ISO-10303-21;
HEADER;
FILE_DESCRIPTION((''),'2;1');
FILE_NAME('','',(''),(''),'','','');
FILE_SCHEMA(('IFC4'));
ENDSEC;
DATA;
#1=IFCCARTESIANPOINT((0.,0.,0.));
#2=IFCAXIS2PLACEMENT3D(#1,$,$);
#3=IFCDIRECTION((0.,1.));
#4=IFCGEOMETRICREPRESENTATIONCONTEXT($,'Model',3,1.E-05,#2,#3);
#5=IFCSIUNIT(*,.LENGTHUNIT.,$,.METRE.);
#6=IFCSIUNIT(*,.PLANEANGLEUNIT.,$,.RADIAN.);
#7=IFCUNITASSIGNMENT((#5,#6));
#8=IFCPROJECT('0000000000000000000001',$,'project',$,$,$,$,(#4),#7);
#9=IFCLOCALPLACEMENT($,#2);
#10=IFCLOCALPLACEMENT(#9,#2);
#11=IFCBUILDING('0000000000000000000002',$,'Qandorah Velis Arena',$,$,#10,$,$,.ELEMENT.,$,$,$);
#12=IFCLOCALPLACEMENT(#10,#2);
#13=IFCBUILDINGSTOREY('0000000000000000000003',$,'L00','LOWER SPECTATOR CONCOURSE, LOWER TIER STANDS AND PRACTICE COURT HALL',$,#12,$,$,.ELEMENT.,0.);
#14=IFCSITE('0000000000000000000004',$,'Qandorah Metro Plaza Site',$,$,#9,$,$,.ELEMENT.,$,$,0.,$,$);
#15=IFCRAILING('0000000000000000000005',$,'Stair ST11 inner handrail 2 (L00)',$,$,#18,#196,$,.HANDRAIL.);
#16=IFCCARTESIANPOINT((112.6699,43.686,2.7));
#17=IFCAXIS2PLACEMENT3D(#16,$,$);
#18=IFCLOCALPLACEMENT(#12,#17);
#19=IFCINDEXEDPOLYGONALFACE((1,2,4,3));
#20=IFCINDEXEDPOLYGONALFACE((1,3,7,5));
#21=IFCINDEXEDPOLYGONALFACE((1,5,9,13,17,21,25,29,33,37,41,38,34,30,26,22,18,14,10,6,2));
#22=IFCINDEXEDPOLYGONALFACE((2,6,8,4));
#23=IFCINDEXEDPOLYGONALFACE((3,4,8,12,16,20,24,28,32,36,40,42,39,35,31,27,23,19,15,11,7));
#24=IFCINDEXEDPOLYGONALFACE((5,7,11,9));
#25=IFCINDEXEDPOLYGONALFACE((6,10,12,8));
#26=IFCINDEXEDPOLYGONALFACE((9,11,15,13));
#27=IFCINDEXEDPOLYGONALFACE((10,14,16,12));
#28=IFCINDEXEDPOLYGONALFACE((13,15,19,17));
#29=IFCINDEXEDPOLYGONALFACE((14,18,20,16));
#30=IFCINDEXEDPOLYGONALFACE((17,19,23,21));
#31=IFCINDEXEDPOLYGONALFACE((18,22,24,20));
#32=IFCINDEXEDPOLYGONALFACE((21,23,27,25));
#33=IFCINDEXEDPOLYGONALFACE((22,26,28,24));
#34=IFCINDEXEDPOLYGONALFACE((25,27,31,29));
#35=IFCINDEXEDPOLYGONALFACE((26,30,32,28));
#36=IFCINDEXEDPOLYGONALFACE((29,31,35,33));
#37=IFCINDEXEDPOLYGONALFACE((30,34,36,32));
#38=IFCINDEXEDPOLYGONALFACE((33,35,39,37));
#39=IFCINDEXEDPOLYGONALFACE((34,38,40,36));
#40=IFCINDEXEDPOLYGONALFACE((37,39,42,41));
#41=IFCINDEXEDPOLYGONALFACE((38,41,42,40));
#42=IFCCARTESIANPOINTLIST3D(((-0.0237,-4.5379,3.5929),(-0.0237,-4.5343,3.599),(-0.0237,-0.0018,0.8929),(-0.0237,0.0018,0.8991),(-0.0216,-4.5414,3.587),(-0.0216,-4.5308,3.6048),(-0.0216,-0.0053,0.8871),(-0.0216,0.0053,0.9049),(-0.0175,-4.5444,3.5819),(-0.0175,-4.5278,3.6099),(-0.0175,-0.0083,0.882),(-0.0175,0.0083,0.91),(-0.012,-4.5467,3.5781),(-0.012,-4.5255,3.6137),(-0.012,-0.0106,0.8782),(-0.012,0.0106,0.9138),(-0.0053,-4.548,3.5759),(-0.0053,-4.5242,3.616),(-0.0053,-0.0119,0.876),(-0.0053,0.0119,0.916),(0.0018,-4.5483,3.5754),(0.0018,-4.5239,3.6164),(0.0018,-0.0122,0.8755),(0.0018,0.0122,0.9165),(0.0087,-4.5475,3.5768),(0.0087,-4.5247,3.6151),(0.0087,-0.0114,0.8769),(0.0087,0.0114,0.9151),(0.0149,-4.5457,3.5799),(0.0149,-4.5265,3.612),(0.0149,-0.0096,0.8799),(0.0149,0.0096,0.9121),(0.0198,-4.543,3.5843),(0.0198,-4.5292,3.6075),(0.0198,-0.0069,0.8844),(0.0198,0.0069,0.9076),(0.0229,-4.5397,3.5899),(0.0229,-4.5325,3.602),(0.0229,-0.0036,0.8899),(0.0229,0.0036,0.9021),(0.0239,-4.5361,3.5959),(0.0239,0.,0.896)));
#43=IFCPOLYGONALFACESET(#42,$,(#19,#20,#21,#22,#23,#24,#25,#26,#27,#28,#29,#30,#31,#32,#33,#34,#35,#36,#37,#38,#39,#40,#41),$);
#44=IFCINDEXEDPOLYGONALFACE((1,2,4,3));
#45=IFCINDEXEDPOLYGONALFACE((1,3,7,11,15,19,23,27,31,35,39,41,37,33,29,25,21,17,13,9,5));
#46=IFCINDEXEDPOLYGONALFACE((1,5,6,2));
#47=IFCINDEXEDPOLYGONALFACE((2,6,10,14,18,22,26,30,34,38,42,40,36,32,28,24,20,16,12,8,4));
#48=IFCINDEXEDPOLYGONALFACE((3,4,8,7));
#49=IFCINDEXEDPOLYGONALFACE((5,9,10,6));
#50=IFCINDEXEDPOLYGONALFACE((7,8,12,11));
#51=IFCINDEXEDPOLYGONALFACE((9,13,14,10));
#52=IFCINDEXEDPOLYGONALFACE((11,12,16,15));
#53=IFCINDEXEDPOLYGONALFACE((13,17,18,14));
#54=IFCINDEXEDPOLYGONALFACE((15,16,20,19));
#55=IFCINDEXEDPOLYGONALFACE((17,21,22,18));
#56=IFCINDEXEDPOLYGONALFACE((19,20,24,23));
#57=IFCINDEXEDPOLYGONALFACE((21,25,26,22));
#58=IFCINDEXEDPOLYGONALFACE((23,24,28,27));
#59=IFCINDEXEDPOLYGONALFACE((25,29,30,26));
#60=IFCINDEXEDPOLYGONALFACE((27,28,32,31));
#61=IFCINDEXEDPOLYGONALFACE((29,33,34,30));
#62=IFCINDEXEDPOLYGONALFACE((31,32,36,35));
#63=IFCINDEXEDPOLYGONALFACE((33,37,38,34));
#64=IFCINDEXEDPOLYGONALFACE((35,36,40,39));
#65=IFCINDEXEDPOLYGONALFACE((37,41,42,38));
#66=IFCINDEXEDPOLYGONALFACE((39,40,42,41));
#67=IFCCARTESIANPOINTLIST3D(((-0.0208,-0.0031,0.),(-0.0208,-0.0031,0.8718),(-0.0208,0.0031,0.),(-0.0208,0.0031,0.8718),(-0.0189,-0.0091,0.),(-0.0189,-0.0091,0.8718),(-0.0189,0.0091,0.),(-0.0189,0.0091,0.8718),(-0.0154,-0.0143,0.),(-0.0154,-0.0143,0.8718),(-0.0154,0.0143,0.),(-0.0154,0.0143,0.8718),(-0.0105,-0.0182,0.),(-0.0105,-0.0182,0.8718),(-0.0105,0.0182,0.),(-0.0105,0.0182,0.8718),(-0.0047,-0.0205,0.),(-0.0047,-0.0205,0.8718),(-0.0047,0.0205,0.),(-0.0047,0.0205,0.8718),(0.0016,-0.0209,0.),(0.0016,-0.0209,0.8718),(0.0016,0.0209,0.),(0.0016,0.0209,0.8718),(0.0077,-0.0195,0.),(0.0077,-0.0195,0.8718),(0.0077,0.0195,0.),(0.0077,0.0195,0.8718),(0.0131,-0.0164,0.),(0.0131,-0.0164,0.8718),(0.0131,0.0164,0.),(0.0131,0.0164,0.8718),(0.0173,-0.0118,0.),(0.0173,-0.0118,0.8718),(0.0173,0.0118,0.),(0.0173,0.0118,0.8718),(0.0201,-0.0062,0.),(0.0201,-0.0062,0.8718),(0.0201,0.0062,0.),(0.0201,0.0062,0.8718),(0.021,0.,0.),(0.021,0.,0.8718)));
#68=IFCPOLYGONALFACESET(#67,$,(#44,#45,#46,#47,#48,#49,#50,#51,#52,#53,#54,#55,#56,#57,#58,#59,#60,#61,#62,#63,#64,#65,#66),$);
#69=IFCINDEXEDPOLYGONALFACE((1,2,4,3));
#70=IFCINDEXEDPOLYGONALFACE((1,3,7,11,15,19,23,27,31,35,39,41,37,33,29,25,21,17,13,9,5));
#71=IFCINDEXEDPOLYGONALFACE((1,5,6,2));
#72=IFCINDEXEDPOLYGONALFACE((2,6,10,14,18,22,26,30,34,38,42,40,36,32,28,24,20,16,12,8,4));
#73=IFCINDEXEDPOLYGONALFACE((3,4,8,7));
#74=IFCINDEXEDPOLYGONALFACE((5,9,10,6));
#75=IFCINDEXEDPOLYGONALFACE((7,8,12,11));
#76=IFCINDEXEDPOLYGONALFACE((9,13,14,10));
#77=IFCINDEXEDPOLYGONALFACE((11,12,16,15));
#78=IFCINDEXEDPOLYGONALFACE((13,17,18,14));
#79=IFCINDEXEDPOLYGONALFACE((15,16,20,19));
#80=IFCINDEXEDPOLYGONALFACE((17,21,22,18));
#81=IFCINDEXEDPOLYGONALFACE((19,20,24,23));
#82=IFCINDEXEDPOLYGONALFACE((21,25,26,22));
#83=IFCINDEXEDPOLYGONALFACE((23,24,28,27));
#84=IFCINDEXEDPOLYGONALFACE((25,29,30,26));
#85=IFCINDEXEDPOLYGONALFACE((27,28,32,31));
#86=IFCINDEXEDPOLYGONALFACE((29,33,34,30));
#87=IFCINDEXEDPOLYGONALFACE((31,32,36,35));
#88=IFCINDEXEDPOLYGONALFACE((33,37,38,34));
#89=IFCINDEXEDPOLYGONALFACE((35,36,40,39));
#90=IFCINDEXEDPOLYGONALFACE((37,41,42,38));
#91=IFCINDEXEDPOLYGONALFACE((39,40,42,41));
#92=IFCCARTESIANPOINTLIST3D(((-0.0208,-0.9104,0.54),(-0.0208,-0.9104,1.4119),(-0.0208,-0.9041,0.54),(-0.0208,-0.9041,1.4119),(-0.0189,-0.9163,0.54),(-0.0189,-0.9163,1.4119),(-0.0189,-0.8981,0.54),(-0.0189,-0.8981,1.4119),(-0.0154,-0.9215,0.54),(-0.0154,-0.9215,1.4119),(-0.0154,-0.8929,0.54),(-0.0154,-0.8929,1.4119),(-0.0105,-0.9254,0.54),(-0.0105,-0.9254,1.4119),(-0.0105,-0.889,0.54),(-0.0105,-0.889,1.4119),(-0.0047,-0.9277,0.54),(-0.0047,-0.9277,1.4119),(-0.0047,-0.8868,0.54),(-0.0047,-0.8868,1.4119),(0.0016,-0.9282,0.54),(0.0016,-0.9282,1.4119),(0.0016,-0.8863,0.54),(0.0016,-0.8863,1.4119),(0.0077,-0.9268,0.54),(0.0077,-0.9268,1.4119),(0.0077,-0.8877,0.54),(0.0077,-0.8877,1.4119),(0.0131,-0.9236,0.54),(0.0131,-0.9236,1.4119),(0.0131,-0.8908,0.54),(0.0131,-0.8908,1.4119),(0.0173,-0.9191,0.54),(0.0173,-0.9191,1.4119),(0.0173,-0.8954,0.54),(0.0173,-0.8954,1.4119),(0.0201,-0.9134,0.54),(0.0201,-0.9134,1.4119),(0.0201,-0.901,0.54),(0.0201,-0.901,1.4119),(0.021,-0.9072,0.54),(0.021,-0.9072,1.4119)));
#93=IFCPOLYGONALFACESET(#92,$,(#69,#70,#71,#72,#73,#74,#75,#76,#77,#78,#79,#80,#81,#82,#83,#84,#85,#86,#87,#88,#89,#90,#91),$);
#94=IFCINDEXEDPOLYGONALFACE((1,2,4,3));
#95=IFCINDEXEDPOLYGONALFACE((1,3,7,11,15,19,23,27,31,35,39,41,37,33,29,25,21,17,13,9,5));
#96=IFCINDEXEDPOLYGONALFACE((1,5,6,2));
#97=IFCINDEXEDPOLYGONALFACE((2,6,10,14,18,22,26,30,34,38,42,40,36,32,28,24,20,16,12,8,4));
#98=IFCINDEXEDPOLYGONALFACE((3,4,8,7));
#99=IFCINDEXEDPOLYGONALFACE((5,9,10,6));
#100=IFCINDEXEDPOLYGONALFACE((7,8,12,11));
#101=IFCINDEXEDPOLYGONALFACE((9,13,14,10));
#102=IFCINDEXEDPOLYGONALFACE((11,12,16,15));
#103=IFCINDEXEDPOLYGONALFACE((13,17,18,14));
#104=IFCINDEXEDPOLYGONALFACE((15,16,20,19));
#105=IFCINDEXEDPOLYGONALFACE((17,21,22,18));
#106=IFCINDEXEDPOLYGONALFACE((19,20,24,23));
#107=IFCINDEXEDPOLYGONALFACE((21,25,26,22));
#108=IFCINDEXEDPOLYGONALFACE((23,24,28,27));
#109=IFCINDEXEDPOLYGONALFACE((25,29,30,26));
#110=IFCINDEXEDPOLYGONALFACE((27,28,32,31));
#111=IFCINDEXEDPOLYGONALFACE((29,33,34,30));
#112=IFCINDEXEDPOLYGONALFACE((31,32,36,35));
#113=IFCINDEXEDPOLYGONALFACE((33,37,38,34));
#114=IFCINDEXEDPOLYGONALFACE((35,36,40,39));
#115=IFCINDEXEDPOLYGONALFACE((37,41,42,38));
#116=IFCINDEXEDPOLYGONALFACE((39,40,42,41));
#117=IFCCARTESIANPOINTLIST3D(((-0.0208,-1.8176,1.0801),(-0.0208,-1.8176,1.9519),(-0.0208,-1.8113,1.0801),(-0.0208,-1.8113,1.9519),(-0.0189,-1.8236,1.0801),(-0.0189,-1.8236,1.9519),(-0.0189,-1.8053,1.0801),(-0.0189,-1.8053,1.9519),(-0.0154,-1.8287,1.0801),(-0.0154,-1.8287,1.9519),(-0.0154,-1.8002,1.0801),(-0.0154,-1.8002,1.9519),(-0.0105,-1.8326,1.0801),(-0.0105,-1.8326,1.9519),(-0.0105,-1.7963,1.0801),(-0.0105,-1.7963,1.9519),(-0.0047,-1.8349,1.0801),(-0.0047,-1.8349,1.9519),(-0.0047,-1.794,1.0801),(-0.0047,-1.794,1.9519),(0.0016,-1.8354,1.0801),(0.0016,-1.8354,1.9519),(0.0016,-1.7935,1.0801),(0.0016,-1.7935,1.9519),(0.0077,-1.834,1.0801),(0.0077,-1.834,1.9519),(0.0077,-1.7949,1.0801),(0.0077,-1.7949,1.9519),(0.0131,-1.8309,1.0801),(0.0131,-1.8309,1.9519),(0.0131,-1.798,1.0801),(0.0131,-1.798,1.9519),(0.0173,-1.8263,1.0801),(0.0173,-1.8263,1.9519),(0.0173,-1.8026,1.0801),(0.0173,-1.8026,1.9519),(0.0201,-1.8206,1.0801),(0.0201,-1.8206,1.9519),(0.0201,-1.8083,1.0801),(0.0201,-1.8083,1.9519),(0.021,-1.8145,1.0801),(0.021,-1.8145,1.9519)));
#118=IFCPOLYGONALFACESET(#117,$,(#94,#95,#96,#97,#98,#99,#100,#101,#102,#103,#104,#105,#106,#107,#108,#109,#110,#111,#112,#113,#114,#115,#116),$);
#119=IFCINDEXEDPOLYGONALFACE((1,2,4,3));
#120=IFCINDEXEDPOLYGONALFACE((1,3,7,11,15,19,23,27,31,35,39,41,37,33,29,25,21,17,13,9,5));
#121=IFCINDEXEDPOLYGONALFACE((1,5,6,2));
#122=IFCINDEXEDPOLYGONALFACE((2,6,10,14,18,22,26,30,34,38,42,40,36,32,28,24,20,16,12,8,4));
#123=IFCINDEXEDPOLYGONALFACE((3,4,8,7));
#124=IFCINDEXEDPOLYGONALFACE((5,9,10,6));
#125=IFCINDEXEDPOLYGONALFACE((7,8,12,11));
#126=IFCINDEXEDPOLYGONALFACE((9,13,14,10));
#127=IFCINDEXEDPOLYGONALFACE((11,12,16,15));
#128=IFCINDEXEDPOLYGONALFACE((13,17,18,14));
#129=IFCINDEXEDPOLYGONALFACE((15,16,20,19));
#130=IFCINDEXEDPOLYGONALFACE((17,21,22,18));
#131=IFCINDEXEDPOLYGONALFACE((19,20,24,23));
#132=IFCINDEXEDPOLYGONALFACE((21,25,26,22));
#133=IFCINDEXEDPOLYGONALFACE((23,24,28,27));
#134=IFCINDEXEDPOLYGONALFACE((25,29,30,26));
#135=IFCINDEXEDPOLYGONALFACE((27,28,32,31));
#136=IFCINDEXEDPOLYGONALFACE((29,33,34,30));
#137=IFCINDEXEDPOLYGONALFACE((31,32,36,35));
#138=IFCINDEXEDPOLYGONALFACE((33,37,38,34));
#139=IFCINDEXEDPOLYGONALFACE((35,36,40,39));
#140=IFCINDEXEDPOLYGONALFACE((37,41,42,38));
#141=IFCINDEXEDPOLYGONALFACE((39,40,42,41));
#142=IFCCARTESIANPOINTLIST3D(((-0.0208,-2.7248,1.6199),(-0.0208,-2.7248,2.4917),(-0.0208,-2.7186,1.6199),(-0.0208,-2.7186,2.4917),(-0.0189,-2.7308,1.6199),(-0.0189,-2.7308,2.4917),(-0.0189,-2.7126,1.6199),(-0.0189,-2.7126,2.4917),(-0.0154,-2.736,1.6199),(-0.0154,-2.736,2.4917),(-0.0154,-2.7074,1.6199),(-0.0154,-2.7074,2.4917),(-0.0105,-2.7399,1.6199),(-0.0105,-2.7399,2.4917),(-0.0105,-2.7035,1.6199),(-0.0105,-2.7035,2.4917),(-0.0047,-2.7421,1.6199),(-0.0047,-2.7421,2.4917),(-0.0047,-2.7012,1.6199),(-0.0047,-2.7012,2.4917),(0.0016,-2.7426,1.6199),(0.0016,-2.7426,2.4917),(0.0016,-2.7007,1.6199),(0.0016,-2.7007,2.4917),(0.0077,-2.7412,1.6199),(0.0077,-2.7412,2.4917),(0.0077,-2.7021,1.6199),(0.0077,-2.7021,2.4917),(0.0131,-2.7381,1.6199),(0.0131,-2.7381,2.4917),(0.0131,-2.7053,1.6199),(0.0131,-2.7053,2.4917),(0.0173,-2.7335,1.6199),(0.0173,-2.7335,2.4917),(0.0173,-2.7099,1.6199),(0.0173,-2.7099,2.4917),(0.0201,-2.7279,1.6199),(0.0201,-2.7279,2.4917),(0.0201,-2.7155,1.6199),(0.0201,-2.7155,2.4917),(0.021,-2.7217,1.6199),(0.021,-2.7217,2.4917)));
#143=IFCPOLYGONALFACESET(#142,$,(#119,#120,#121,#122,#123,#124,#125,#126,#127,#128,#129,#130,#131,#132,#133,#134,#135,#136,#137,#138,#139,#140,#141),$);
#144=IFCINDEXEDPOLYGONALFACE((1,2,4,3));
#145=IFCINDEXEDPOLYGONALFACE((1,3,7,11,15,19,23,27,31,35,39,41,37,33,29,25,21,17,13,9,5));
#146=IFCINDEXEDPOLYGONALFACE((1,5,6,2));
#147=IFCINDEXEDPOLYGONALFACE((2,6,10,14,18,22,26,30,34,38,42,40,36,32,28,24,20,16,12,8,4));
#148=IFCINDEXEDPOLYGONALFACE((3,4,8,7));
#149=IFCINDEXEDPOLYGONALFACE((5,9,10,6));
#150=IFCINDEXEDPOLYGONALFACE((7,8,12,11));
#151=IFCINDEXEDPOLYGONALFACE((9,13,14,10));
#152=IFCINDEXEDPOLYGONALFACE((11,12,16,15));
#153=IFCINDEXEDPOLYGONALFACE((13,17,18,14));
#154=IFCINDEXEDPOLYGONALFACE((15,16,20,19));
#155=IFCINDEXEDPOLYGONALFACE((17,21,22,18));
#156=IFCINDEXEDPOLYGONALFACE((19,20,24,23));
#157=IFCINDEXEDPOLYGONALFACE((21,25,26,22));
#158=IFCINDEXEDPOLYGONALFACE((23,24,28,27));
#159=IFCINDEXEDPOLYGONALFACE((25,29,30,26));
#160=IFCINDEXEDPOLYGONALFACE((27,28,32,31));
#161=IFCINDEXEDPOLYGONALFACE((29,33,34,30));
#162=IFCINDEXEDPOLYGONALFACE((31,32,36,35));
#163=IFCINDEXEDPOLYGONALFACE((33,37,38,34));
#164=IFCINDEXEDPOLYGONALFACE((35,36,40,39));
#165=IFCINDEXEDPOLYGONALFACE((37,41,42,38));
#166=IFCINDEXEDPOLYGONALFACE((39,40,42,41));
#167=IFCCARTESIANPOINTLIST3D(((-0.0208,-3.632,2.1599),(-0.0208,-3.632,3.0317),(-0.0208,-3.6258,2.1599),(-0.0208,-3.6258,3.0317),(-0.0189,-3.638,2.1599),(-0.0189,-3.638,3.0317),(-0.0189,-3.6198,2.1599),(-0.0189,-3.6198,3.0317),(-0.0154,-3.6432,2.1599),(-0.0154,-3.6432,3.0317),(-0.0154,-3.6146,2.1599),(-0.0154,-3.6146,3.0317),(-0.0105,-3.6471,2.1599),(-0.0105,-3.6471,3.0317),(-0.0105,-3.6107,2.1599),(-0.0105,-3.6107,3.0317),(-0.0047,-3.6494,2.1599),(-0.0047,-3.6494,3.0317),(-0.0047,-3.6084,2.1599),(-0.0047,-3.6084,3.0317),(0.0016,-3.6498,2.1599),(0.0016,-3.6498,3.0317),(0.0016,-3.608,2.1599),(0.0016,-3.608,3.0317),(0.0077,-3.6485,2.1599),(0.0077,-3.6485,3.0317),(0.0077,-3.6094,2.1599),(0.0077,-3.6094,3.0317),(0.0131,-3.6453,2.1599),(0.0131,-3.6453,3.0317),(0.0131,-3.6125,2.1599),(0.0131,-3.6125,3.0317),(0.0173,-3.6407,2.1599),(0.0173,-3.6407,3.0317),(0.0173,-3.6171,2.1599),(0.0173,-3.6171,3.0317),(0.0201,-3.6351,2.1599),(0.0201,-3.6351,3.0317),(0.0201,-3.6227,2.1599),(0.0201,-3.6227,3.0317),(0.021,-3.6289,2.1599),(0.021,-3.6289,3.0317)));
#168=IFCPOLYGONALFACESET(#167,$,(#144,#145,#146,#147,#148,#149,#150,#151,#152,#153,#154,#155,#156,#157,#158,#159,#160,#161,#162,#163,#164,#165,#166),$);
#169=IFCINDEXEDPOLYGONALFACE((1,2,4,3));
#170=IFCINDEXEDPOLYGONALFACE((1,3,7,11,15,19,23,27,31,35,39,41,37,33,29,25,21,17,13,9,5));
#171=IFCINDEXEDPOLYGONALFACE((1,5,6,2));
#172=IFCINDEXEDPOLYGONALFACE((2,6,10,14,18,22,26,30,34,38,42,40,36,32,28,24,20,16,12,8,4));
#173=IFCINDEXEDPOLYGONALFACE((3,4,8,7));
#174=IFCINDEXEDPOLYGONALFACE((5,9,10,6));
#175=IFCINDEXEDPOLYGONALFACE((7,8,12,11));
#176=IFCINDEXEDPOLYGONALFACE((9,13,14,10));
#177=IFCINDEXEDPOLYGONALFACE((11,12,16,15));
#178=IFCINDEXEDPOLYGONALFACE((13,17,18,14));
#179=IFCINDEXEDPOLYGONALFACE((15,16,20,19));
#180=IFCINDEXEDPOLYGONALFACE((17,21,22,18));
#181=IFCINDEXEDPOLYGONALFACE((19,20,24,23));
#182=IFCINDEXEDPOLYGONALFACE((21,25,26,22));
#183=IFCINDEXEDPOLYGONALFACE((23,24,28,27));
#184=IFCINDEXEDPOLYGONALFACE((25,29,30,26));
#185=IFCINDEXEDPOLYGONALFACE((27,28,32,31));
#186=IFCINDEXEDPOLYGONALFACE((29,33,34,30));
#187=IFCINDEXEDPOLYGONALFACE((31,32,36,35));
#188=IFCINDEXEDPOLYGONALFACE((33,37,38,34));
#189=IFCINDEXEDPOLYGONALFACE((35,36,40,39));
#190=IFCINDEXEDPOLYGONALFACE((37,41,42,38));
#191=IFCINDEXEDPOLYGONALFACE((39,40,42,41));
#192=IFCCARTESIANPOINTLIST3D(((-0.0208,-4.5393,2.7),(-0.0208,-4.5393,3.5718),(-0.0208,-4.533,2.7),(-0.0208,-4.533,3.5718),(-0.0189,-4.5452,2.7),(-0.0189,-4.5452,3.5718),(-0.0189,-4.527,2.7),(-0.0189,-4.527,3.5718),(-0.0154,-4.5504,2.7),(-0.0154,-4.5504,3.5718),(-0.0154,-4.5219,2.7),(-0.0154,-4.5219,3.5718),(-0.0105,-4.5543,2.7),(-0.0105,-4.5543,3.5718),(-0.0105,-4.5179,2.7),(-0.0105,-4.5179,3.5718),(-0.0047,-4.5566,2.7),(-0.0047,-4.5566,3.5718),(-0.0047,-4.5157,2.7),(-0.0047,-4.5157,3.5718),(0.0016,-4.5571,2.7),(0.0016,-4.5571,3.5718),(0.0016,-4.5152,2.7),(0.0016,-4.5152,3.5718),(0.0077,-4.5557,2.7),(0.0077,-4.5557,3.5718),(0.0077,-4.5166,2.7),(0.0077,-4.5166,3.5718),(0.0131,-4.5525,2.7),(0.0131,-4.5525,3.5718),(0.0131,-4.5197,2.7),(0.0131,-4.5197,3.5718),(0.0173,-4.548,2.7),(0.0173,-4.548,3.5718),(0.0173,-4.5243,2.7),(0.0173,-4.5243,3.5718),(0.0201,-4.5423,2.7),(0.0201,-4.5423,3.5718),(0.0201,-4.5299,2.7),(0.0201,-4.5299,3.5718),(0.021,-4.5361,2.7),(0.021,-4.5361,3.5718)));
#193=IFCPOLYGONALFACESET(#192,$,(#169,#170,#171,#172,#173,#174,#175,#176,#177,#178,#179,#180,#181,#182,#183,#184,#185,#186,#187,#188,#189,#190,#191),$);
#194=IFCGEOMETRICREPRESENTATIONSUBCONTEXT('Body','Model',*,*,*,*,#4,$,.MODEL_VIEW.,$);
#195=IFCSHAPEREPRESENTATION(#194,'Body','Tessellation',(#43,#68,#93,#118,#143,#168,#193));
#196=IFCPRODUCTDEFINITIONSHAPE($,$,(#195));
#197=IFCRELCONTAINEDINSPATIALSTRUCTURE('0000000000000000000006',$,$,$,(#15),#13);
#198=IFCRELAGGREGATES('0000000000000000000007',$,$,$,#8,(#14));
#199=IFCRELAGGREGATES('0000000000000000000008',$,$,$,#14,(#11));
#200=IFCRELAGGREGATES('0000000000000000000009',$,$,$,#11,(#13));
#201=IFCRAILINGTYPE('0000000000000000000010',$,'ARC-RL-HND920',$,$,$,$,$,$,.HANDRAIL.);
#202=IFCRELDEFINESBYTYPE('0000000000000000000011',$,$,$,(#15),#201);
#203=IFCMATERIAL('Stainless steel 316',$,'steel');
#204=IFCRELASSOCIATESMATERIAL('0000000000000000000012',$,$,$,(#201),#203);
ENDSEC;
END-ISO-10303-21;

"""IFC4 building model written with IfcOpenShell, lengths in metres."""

from ifc_helpers import new_model, si_unit, direction, frame, origin, origin_2d, place, context, subcontext, project, spatial, circle, extrude, material, type_object, element, save


model = new_model("IFC4")

# Units and contexts
model_context = context("Model", 3, precision=1e-05, world=origin(), true_north=direction((0.0, 1.0)))
body_context = subcontext(model_context, "Body", "Model", "MODEL_VIEW")
ifc_project = project(units=[si_unit("LENGTHUNIT", "METRE"), si_unit("PLANEANGLEUNIT", "RADIAN")], contexts=[model_context])

# Site, building, storey
site_placement = place(None, origin())
site = spatial("IfcSite", under=ifc_project, at=site_placement, Name="Qandorah Metro Plaza Site", CompositionType="ELEMENT", RefElevation=0.0)
building_placement = place(site_placement, origin())
building = spatial("IfcBuilding", under=site, at=building_placement, Name="Qandorah Velis Arena", CompositionType="ELEMENT")
storey_placement = place(building_placement, origin())
storey = spatial("IfcBuildingStorey", under=building, at=storey_placement, Name="L00", Description="LOWER SPECTATOR CONCOURSE, LOWER TIER STANDS AND PRACTICE COURT HALL", CompositionType="ELEMENT", Elevation=0.0)

# Railing
ifc_material_1 = material(Name="Stainless steel 316", Category="steel")
railing_type_1 = type_object("IfcRailingType", Name="ARC-RL-HND920", PredefinedType="HANDRAIL", material=ifc_material_1)
railing_1_placement = place(storey_placement, frame((112.6699, 43.686, 2.7)))
element("IfcRailing", 1, at=railing_1_placement, inside=storey, type_object=railing_type_1, Name="Stair ST11 inner handrail 2 (L00)", PredefinedType="HANDRAIL", context=body_context, shape_type="SweptSolid", body=[
    extrude(circle(Radius=0.0239, at=origin_2d()), frame((0.0, 0.0, 0.896), z_axis=(0.0, -0.859304, 0.511466), x_axis=(1.0, 0.0, 0.0)), (0.0, 0.0, 1.0), 5.2788),
    extrude(circle(Radius=0.021, at=origin_2d()), origin(), (0.0, 0.0, 1.0), 0.8718),
    extrude(circle(Radius=0.021, at=origin_2d()), frame((0.0, -0.9072, 0.54)), (0.0, 0.0, 1.0), 0.8718),
    extrude(circle(Radius=0.021, at=origin_2d()), frame((0.0, -1.8145, 1.0801)), (0.0, 0.0, 1.0), 0.8718),
    extrude(circle(Radius=0.021, at=origin_2d()), frame((0.0, -2.7217, 1.6199)), (0.0, 0.0, 1.0), 0.8718),
    extrude(circle(Radius=0.021, at=origin_2d()), frame((0.0, -3.6289, 2.1599)), (0.0, 0.0, 1.0), 0.8718),
    extrude(circle(Radius=0.021, at=origin_2d()), frame((0.0, -4.5361, 2.7)), (0.0, 0.0, 1.0), 0.8718),
])

save(model, "model.ifc")
